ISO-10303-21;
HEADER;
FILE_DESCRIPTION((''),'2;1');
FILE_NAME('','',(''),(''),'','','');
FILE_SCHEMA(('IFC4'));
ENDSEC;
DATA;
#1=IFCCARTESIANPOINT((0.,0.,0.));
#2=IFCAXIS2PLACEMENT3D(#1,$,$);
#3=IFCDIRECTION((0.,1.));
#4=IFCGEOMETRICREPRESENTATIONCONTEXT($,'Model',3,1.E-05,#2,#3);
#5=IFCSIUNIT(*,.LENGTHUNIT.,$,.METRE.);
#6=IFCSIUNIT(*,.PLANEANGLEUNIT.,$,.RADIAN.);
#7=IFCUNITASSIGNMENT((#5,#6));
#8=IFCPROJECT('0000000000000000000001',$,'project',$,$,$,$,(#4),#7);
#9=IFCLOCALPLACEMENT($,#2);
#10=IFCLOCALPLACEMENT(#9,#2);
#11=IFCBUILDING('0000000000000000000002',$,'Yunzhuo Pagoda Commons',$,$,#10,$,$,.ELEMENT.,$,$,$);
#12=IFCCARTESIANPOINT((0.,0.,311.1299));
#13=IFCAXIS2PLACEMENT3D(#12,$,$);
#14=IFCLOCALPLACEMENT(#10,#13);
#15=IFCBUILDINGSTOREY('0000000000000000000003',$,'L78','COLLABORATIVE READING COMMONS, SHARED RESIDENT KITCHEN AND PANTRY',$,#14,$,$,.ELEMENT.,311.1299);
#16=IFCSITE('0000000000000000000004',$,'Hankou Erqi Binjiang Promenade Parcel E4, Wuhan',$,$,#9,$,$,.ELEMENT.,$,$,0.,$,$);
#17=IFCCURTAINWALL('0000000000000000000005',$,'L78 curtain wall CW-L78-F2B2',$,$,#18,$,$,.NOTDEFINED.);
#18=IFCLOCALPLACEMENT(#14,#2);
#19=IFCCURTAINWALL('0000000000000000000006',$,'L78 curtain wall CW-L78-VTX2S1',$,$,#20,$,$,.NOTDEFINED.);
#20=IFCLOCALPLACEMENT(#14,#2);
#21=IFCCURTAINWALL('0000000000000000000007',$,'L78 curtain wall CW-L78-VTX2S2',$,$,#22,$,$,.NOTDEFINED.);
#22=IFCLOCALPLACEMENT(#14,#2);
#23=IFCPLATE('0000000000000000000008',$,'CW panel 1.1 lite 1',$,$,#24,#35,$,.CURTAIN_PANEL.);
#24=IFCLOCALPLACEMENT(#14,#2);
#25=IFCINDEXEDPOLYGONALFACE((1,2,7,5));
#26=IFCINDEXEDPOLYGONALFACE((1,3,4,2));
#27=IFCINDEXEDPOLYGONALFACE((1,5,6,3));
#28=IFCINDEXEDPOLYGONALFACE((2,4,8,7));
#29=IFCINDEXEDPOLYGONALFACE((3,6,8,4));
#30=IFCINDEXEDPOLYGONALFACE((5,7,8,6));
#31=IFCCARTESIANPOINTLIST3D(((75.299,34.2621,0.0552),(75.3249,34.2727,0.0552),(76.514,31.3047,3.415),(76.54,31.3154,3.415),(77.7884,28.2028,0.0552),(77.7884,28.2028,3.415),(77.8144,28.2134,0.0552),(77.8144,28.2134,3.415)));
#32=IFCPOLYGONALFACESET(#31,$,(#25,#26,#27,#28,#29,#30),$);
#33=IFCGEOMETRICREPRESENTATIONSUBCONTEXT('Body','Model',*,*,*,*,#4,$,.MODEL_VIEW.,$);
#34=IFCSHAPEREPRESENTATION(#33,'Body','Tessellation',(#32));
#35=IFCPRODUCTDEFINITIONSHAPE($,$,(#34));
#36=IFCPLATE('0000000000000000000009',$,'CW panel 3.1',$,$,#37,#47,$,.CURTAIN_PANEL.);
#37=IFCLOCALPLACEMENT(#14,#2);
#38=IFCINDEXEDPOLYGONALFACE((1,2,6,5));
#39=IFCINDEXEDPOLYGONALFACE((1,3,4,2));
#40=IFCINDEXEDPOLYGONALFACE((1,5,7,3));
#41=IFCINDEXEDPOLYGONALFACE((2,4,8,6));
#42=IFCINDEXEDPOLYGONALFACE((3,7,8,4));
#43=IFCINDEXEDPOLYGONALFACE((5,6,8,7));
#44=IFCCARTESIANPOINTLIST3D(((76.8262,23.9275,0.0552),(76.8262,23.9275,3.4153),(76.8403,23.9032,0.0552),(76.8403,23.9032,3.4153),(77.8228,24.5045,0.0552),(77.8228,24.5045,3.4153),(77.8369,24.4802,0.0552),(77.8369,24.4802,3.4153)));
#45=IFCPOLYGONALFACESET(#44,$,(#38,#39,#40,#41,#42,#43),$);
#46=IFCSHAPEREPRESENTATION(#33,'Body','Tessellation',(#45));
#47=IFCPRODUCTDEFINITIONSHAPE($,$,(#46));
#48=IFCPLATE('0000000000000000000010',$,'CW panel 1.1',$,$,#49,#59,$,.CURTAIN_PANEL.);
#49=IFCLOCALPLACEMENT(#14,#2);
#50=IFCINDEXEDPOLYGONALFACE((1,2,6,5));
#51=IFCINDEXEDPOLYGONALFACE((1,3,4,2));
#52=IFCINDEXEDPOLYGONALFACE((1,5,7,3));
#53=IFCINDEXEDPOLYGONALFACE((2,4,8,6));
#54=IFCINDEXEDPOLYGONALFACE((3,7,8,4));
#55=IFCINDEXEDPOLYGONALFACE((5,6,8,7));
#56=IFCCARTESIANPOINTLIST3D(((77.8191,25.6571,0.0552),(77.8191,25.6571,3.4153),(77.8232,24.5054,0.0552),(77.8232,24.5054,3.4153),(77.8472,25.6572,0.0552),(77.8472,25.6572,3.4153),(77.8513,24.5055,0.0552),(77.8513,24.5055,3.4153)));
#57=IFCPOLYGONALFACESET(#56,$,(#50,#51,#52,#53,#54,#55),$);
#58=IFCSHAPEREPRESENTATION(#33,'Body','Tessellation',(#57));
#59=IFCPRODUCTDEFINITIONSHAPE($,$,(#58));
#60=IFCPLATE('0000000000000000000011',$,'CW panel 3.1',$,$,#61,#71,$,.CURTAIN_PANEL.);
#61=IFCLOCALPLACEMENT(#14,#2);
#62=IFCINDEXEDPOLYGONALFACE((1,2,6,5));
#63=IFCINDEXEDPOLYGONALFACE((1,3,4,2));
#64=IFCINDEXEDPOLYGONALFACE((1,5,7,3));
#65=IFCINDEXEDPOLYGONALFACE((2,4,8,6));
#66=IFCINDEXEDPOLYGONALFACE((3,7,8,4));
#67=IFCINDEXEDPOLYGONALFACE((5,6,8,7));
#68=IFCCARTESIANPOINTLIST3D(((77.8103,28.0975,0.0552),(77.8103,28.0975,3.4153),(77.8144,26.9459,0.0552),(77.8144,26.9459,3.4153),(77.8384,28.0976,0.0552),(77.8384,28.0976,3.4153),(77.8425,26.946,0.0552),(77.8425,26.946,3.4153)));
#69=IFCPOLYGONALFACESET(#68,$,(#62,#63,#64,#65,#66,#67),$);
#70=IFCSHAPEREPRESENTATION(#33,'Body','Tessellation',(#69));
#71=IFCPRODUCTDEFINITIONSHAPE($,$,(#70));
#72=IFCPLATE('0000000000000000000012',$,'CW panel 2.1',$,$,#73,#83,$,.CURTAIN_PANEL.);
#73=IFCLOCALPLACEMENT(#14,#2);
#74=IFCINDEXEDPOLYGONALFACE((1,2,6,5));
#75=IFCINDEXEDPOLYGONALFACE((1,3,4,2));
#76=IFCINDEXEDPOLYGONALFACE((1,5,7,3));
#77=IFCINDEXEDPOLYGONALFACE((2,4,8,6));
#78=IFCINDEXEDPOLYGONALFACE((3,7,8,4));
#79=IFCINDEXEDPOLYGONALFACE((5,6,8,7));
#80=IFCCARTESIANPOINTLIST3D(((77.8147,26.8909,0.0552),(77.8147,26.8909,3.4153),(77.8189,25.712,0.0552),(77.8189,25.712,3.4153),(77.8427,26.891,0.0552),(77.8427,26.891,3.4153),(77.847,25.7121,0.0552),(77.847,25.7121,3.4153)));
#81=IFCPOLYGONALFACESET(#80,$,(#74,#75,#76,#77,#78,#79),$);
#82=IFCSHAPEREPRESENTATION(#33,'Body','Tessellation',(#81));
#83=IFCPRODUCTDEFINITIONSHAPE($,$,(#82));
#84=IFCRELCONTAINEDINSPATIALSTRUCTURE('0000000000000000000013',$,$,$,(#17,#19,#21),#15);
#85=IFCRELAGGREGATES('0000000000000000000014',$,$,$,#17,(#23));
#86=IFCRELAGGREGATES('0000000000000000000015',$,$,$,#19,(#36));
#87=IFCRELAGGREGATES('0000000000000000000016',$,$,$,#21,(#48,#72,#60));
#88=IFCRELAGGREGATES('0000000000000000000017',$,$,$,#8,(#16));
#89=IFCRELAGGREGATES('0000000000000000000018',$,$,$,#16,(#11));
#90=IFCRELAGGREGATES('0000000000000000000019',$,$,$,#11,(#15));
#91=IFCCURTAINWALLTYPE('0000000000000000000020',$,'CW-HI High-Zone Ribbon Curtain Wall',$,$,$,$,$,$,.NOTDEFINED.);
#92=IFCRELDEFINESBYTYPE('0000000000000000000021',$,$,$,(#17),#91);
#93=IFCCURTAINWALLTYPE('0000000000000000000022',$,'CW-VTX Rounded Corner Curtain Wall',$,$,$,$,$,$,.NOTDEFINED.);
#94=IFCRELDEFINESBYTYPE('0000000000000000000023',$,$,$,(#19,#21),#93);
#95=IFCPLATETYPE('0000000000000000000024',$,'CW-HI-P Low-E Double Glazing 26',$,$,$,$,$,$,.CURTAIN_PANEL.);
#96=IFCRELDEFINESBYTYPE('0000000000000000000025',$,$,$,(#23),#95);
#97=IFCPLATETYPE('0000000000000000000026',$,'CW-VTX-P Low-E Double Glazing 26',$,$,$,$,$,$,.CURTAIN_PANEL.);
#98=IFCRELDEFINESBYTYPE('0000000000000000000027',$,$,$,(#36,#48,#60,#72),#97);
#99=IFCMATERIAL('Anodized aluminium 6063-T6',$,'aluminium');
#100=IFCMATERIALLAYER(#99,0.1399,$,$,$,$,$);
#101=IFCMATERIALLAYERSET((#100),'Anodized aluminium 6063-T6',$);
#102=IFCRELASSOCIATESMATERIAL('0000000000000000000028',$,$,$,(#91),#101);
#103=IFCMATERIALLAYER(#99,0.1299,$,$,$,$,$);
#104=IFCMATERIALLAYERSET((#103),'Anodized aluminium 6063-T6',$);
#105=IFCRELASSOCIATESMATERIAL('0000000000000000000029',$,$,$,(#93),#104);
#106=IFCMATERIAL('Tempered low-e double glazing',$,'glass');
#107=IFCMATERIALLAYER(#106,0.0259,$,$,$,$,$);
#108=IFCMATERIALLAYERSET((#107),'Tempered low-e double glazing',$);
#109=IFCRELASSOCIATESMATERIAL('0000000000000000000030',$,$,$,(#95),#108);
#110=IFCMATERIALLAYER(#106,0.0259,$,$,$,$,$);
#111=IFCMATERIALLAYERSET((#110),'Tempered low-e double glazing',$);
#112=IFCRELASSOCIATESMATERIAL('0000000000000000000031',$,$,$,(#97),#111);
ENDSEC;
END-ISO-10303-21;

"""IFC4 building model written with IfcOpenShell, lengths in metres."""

from ifc_helpers import new_model, si_unit, direction, frame, origin, origin_2d, place, context, subcontext, project, spatial, polyline, rectangle, outline, extrude, source, transform, mapped, material, layer, layer_set, type_object, element, aggregate, save


model = new_model("IFC4")

# Units and contexts
model_context = context("Model", 3, precision=1e-05, world=origin(), true_north=direction((0.0, 1.0)))
body_context = subcontext(model_context, "Body", "Model", "MODEL_VIEW")
ifc_project = project(units=[si_unit("LENGTHUNIT", "METRE"), si_unit("PLANEANGLEUNIT", "RADIAN")], contexts=[model_context])

# Site, building, storey
site_placement = place(None, origin())
site = spatial("IfcSite", under=ifc_project, at=site_placement, Name="Hankou Erqi Binjiang Promenade Parcel E4, Wuhan", CompositionType="ELEMENT", RefElevation=0.0)
building_placement = place(site_placement, origin())
building = spatial("IfcBuilding", under=site, at=building_placement, Name="Yunzhuo Pagoda Commons", CompositionType="ELEMENT")
storey_placement = place(building_placement, frame((0.0, 0.0, 311.1299)))
storey = spatial("IfcBuildingStorey", under=building, at=storey_placement, Name="L78", Description="COLLABORATIVE READING COMMONS, SHARED RESIDENT KITCHEN AND PANTRY", CompositionType="ELEMENT", Elevation=311.1299)

# Curtain walls
ifc_material_1 = material(Name="Anodized aluminium 6063-T6", Category="aluminium")
ifc_layer_1 = layer(ifc_material_1, 0.1399)
ifc_layer_set_1 = layer_set([ifc_layer_1], Name="Anodized aluminium 6063-T6")
curtain_wall_type_1 = type_object("IfcCurtainWallType", Name="CW-HI High-Zone Ribbon Curtain Wall", PredefinedType="NOTDEFINED", material=ifc_layer_set_1)
curtain_wall_1_placement = place(storey_placement, origin())
curtain_wall_1 = element("IfcCurtainWall", 1, at=curtain_wall_1_placement, inside=storey, type_object=curtain_wall_type_1, Name="L78 curtain wall CW-L78-F2B2", PredefinedType="NOTDEFINED")
ifc_layer_2 = layer(ifc_material_1, 0.1299)
ifc_layer_set_2 = layer_set([ifc_layer_2], Name="Anodized aluminium 6063-T6")
curtain_wall_type_2 = type_object("IfcCurtainWallType", Name="CW-VTX Rounded Corner Curtain Wall", PredefinedType="NOTDEFINED", material=ifc_layer_set_2)
curtain_wall_2_placement = place(storey_placement, origin())
curtain_wall_2 = element("IfcCurtainWall", 2, at=curtain_wall_2_placement, inside=storey, type_object=curtain_wall_type_2, Name="L78 curtain wall CW-L78-VTX2S1", PredefinedType="NOTDEFINED")

# Curtain wall
curtain_wall_3_placement = place(storey_placement, origin())
curtain_wall_3 = element("IfcCurtainWall", 3, at=curtain_wall_3_placement, inside=storey, type_object=curtain_wall_type_2, Name="L78 curtain wall CW-L78-VTX2S2", PredefinedType="NOTDEFINED")

# Plates
ifc_material_2 = material(Name="Tempered low-e double glazing", Category="glass")
ifc_layer_3 = layer(ifc_material_2, 0.0259)
ifc_layer_set_3 = layer_set([ifc_layer_3], Name="Tempered low-e double glazing")
plate_type_1 = type_object("IfcPlateType", Name="CW-HI-P Low-E Double Glazing 26", PredefinedType="CURTAIN_PANEL", material=ifc_layer_set_3)
plate_1_placement = place(storey_placement, frame((76.5437, 31.2324, 1.7351), z_axis=(0.924975, 0.380027, 0.0), x_axis=(-0.380027, 0.924975, 0.0)))
plate_1 = element("IfcPlate", 4, at=plate_1_placement, type_object=plate_type_1, Name="CW panel 1.1 lite 1", PredefinedType="CURTAIN_PANEL", context=body_context, shape_type="SweptSolid", body=[
    extrude(outline(polyline([(-3.2754, -1.6799), (3.2754, -1.6799), (0.0781, 1.6799), (-3.2754, 1.6799), (-3.2754, -1.6799)])), origin(), (0.0, 0.0, 1.0), 0.0281),
])
aggregate(curtain_wall_1, [plate_1])
ifc_layer_4 = layer(ifc_material_2, 0.0259)
ifc_layer_set_4 = layer_set([ifc_layer_4], Name="Tempered low-e double glazing")
plate_type_2 = type_object("IfcPlateType", Name="CW-VTX-P Low-E Double Glazing 26", PredefinedType="CURTAIN_PANEL", material=ifc_layer_set_4)
shared_shape_1 = source(origin(), body_context, "Body", "SweptSolid", [
    extrude(rectangle(XDim=1.1516, YDim=0.0281, at=origin_2d()), origin(), (0.0, 0.0, 1.0), 3.3601),
])
plate_2_placement = place(storey_placement, frame((77.3315, 24.2039, 0.0552), z_axis=(0.0, 0.0, 1.0), x_axis=(0.865432, 0.501027, 0.0)))
plate_2 = element("IfcPlate", 5, at=plate_2_placement, type_object=plate_type_2, Name="CW panel 3.1", PredefinedType="CURTAIN_PANEL", context=body_context, shape_type="MappedRepresentation", body=[
    mapped(shared_shape_1, transform((0.0, 0.0, 0.0), scale=1.0)),
])
aggregate(curtain_wall_2, [plate_2])
plate_3_placement = place(storey_placement, frame((77.8352, 25.0813, 0.0552), z_axis=(0.0, 0.0, 1.0), x_axis=(-0.003592, 0.999994, 0.0)))
plate_3 = element("IfcPlate", 6, at=plate_3_placement, type_object=plate_type_2, Name="CW panel 1.1", PredefinedType="CURTAIN_PANEL", context=body_context, shape_type="MappedRepresentation", body=[
    mapped(shared_shape_1, transform((0.0, 0.0, 0.0), scale=1.0)),
])
plate_4_placement = place(storey_placement, frame((77.8264, 27.5217, 0.0552), z_axis=(0.0, 0.0, 1.0), x_axis=(-0.003592, 0.999994, 0.0)))
plate_4 = element("IfcPlate", 7, at=plate_4_placement, type_object=plate_type_2, Name="CW panel 3.1", PredefinedType="CURTAIN_PANEL", context=body_context, shape_type="MappedRepresentation", body=[
    mapped(shared_shape_1, transform((0.0, 0.0, 0.0), scale=1.0)),
])
shared_shape_2 = source(origin(), body_context, "Body", "SweptSolid", [
    extrude(rectangle(XDim=1.179, YDim=0.0281, at=origin_2d()), origin(), (0.0, 0.0, 1.0), 3.3601),
])
plate_5_placement = place(storey_placement, frame((77.8308, 26.3015, 0.0552), z_axis=(0.0, 0.0, 1.0), x_axis=(-0.003592, 0.999994, 0.0)))
plate_5 = element("IfcPlate", 8, at=plate_5_placement, type_object=plate_type_2, Name="CW panel 2.1", PredefinedType="CURTAIN_PANEL", context=body_context, shape_type="MappedRepresentation", body=[
    mapped(shared_shape_2, transform((0.0, 0.0, 0.0), scale=1.0)),
])
aggregate(curtain_wall_3, [plate_3, plate_5, plate_4])

save(model, "model.ifc")
